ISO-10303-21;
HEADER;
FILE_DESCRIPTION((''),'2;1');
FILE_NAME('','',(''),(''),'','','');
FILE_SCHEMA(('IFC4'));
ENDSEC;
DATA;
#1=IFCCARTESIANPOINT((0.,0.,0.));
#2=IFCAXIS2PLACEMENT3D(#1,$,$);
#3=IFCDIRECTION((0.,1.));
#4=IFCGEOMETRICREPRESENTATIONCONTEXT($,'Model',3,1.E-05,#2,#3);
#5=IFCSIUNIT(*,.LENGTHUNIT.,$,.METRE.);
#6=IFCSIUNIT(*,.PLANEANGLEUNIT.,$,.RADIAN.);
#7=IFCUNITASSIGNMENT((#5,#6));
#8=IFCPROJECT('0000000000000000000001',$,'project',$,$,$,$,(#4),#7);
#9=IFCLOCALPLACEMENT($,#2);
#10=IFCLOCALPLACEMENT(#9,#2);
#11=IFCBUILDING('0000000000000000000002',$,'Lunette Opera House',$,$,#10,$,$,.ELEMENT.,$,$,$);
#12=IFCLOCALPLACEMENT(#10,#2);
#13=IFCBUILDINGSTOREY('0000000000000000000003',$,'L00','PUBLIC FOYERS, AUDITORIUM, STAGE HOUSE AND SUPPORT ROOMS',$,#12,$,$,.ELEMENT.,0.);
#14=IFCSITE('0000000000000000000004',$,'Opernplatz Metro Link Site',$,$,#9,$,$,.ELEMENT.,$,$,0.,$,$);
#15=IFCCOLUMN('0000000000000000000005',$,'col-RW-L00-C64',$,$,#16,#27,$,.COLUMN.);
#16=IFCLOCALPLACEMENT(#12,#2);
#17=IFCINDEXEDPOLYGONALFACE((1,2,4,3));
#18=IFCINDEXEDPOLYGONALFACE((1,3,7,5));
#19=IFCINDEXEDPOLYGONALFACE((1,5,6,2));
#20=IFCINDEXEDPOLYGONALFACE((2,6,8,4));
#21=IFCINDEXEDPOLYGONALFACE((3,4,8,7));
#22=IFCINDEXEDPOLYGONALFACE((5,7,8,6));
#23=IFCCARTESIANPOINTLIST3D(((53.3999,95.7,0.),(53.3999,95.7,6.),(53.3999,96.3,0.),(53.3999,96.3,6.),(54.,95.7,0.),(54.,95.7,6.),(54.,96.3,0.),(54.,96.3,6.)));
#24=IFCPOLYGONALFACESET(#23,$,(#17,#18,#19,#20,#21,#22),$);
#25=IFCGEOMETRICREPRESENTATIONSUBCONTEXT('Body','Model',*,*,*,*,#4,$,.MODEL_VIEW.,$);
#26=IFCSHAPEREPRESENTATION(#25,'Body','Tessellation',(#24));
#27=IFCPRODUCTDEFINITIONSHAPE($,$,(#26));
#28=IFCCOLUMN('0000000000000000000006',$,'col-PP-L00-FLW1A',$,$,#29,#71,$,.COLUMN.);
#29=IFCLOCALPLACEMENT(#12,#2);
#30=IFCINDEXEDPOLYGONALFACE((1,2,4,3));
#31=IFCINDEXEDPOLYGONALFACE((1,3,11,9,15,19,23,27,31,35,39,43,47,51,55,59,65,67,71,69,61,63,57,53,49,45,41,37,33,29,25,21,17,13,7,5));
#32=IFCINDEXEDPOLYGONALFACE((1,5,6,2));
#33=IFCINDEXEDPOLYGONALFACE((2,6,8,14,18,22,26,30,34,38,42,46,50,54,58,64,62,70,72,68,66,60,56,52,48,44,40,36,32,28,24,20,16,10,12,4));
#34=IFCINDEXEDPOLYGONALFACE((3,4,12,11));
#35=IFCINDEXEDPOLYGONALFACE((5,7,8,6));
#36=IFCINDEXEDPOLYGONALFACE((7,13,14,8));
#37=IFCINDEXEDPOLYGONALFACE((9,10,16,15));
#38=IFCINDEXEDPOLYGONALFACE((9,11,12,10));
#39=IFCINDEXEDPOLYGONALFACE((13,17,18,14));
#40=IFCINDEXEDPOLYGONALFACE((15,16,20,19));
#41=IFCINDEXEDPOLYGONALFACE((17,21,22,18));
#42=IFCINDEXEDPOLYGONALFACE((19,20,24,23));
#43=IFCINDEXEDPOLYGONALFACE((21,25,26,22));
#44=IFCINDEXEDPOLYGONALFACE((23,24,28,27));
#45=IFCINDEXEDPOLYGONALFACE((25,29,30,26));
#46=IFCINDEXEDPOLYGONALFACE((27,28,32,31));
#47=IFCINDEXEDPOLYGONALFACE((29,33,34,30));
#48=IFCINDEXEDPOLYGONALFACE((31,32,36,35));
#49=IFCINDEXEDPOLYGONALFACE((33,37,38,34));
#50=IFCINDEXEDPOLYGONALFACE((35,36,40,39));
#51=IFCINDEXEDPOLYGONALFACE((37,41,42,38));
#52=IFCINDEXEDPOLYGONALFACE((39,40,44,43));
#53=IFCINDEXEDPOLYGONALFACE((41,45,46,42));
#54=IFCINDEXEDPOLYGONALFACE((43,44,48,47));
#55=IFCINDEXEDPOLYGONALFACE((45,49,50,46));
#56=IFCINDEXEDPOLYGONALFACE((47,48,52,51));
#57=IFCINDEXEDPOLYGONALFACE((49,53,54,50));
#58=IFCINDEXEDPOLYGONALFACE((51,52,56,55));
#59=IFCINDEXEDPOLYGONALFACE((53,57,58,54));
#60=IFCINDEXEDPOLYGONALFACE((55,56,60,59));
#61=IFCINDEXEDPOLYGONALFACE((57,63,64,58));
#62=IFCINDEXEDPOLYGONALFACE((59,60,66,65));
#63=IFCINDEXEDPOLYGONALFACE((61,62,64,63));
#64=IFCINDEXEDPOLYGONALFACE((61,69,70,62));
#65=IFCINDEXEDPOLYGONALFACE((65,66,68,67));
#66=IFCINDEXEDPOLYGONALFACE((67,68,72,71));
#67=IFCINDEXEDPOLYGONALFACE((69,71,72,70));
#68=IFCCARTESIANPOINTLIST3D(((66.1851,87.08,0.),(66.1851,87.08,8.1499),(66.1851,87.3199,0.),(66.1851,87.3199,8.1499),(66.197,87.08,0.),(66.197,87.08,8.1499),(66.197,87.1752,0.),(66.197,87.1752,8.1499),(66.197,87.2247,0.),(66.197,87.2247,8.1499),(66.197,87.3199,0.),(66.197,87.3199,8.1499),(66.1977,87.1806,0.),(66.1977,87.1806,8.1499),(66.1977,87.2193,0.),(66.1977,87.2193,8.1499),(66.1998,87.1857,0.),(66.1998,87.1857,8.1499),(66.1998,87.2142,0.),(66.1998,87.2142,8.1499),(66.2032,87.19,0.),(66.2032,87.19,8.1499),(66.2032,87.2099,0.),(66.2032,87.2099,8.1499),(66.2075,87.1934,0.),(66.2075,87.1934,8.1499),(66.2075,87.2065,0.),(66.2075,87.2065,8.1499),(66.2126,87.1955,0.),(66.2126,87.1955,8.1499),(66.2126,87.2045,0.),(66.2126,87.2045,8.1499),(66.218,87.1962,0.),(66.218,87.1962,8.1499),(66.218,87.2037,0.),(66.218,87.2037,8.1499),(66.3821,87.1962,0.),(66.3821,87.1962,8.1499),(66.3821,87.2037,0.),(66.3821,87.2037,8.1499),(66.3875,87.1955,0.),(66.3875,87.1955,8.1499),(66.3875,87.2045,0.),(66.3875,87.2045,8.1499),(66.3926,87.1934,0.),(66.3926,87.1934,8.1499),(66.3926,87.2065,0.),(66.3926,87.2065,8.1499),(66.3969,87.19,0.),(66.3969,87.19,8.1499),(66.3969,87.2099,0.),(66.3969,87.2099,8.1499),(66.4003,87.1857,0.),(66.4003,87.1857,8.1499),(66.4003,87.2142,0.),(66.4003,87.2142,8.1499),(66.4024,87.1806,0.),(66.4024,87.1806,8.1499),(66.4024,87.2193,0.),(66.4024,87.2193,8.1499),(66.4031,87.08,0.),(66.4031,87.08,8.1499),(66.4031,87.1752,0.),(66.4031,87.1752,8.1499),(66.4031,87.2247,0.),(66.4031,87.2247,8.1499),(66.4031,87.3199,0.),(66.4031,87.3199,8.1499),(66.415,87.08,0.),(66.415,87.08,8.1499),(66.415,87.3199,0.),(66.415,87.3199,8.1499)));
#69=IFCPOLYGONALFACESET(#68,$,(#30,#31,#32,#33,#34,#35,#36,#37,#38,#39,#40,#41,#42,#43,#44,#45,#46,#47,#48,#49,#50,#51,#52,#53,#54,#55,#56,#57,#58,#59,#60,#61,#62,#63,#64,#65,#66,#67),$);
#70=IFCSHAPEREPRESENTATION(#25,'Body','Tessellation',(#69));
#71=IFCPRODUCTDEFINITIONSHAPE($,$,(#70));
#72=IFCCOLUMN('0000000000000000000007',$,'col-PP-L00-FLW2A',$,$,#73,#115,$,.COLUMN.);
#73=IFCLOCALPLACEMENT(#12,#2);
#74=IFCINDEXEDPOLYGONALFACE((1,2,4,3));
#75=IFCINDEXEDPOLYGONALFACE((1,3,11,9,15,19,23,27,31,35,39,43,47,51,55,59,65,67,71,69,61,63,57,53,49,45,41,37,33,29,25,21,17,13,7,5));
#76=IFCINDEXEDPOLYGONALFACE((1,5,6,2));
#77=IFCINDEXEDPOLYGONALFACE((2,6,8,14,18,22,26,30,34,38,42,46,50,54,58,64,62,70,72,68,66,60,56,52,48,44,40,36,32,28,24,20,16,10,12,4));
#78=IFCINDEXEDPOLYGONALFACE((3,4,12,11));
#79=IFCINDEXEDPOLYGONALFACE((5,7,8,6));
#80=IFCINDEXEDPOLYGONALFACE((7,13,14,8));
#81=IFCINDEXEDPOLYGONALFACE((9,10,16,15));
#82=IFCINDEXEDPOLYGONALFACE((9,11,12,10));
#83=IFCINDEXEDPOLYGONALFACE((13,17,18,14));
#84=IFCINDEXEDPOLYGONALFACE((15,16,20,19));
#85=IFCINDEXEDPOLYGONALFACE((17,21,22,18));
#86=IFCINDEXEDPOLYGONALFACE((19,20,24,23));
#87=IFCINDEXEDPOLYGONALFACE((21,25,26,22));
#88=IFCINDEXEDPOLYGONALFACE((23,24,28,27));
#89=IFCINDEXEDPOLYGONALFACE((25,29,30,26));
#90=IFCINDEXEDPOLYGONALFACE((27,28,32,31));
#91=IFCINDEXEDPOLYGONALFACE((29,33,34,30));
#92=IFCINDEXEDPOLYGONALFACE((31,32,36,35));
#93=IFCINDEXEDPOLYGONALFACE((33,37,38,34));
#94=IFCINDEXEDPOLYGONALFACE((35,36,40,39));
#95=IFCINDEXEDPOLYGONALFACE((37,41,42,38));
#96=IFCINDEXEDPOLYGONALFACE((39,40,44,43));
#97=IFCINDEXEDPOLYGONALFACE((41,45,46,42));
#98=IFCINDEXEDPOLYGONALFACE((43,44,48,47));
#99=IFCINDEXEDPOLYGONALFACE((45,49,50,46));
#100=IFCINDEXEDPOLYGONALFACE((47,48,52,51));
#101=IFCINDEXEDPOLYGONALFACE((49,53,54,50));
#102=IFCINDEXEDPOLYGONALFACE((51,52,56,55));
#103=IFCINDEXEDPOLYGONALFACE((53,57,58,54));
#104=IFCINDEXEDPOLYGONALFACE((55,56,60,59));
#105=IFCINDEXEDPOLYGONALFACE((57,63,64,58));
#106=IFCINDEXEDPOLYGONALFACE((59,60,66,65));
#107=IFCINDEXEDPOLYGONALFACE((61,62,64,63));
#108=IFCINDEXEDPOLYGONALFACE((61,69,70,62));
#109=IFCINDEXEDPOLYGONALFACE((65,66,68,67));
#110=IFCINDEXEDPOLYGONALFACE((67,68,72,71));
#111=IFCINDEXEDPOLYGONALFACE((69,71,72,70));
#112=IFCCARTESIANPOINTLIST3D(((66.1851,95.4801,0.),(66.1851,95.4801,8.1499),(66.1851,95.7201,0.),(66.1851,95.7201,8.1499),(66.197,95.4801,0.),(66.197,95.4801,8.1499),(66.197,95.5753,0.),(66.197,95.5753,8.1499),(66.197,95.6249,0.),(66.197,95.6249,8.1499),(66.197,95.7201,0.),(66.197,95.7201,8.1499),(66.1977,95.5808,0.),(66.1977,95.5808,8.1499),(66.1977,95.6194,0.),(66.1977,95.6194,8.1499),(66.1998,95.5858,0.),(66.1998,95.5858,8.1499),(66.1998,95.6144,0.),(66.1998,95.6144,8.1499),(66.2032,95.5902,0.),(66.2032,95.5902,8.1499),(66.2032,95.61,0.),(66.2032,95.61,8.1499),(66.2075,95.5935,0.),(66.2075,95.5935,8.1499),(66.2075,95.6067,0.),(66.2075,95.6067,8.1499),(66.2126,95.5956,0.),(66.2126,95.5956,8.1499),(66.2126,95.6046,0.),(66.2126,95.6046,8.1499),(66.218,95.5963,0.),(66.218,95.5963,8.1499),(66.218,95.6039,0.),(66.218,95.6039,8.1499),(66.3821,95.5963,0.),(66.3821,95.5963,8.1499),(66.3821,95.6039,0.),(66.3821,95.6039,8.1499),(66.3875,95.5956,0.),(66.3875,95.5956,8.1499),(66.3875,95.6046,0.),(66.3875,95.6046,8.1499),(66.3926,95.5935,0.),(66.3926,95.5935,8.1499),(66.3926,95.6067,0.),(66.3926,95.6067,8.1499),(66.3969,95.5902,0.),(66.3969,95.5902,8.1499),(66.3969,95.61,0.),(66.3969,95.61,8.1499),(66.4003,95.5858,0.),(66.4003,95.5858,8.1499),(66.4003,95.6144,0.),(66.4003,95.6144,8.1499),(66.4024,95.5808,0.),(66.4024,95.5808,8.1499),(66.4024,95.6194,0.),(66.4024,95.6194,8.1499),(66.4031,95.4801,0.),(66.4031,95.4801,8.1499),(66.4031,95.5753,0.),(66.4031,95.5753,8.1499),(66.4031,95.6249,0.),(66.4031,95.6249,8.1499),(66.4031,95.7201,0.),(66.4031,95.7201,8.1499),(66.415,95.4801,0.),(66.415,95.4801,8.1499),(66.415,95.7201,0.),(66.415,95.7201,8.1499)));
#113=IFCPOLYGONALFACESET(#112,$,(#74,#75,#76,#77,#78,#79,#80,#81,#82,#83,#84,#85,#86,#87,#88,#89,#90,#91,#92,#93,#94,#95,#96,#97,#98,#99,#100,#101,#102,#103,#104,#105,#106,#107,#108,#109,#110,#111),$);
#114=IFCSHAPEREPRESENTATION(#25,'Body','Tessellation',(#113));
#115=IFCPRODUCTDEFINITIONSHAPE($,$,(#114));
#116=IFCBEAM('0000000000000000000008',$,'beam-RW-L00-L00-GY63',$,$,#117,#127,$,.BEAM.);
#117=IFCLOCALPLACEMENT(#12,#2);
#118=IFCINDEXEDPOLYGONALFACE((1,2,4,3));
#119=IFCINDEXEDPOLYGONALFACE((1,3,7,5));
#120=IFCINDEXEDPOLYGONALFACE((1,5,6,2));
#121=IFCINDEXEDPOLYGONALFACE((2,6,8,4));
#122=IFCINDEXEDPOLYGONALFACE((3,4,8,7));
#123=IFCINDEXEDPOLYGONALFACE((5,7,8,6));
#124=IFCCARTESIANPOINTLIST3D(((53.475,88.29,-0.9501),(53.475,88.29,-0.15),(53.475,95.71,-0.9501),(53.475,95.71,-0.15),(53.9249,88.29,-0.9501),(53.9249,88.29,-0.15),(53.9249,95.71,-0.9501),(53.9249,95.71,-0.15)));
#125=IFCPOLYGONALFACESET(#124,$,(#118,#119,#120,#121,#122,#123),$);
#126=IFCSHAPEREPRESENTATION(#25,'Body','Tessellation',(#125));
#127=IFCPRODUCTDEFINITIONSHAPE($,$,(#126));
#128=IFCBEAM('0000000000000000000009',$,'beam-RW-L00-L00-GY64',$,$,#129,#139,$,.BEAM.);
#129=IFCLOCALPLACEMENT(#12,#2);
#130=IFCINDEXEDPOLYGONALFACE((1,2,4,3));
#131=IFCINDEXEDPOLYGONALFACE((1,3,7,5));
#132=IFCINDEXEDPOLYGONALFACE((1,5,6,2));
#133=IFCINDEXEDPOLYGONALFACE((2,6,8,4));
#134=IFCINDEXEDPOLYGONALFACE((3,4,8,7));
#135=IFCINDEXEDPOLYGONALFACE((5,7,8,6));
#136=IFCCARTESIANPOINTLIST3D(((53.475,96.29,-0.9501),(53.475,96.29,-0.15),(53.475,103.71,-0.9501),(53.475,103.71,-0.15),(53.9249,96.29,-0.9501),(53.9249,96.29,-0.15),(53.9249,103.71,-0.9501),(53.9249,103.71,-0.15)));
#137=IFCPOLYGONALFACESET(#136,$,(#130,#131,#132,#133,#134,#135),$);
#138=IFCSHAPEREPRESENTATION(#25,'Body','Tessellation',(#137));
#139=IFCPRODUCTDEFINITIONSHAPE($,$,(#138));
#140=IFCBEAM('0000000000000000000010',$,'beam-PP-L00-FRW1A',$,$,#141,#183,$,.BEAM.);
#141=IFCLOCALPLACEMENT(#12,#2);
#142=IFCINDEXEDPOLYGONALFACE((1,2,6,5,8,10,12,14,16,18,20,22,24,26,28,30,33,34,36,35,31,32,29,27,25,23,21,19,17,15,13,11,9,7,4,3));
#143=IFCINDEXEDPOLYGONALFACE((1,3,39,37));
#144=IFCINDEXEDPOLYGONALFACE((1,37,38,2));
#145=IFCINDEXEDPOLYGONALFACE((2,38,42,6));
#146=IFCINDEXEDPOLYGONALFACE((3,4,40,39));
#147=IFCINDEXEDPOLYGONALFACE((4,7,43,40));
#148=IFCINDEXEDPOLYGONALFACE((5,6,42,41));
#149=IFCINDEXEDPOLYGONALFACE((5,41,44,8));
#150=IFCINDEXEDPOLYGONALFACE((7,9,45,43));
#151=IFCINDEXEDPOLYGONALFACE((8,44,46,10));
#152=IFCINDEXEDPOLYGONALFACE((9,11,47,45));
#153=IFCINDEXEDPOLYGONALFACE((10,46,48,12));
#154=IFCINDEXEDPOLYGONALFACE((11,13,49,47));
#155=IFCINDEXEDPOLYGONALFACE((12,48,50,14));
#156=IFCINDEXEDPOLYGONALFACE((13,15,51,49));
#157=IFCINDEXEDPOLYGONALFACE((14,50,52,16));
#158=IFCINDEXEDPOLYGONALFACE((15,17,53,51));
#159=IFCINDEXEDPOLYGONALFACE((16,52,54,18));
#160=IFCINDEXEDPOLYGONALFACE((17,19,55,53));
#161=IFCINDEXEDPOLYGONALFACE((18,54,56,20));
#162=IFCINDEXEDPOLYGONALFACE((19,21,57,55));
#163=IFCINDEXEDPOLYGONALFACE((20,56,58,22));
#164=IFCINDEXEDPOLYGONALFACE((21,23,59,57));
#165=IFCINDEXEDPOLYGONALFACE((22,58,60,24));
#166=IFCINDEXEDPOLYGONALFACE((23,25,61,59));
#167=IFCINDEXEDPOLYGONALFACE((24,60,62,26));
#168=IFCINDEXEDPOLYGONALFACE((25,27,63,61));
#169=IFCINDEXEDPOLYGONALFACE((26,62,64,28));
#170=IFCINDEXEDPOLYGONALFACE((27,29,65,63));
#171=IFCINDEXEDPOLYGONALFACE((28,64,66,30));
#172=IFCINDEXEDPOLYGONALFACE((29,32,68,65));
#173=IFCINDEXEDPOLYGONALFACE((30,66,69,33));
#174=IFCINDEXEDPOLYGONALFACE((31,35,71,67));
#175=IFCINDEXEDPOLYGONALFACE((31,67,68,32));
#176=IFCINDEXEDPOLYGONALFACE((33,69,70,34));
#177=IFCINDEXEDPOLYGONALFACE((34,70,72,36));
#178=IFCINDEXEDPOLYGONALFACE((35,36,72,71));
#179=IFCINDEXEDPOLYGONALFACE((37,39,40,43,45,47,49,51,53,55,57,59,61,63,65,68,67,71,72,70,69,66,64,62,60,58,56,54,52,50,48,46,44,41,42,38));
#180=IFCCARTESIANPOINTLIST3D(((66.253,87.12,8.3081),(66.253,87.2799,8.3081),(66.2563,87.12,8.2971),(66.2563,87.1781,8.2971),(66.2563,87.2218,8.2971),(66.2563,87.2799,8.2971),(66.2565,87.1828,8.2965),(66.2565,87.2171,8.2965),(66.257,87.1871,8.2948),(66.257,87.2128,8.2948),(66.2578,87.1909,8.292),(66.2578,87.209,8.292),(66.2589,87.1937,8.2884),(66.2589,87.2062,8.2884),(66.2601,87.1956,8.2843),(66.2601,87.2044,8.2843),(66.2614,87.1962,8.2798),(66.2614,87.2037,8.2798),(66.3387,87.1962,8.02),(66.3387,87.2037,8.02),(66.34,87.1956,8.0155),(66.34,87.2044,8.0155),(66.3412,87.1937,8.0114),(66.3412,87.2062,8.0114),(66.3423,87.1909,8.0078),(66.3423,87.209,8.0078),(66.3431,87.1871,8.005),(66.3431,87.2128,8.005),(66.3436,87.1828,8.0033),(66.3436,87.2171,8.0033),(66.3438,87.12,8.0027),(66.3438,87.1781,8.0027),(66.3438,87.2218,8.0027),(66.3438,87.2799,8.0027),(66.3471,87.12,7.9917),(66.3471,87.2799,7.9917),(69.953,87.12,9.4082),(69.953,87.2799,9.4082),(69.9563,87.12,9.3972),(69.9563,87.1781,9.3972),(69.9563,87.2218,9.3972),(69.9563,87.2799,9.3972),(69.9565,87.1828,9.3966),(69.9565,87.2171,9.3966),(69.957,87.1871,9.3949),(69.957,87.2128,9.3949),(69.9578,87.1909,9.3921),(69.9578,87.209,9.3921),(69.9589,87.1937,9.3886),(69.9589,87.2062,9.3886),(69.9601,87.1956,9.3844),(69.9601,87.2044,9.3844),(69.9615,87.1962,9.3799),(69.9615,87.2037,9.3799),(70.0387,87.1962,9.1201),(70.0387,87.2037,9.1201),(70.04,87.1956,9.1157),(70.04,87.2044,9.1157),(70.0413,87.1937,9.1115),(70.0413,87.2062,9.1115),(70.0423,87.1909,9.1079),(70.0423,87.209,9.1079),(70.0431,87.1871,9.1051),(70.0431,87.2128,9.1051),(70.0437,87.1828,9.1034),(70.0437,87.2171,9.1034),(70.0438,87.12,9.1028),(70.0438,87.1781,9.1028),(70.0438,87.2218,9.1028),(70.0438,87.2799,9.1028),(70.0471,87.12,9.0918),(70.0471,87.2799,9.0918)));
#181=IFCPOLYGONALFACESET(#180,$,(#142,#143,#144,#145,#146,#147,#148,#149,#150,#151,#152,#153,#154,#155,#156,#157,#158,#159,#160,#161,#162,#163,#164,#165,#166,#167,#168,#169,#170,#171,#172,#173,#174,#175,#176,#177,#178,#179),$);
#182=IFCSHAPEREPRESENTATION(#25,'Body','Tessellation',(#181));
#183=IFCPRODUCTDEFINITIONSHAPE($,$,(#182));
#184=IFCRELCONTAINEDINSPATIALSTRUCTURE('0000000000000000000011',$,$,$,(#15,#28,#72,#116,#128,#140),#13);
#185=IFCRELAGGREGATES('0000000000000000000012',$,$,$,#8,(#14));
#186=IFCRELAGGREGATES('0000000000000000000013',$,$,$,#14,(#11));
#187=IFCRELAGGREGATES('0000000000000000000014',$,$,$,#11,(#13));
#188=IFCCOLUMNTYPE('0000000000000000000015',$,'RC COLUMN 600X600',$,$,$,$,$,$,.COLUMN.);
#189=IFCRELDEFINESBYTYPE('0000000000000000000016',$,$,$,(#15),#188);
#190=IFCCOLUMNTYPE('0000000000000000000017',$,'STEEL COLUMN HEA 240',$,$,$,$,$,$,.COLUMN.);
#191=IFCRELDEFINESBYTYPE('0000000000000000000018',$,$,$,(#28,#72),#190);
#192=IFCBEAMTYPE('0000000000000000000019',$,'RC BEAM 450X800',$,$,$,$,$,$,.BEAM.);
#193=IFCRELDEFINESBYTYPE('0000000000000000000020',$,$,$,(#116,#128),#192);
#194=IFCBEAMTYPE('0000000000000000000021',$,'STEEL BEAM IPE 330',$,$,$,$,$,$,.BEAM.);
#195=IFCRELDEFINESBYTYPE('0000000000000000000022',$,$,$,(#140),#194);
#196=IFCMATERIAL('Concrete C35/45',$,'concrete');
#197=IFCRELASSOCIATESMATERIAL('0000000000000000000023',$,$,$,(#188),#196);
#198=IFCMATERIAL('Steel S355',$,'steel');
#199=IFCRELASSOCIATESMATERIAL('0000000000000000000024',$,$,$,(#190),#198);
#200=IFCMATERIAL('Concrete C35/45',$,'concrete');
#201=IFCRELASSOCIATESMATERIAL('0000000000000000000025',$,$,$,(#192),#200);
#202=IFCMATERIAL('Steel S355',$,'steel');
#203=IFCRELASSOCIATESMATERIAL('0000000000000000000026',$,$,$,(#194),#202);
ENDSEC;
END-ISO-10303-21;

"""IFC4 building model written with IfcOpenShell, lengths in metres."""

from ifc_helpers import new_model, si_unit, direction, frame, origin, origin_2d, place, context, subcontext, project, spatial, rectangle, i_section, extrude, material, material_profile, profile_set, type_object, element, save


model = new_model("IFC4")

# Units and contexts
model_context = context("Model", 3, precision=1e-05, world=origin(), true_north=direction((0.0, 1.0)))
body_context = subcontext(model_context, "Body", "Model", "MODEL_VIEW")
ifc_project = project(units=[si_unit("LENGTHUNIT", "METRE"), si_unit("PLANEANGLEUNIT", "RADIAN")], contexts=[model_context])

# Site, building, storey
site_placement = place(None, origin())
site = spatial("IfcSite", under=ifc_project, at=site_placement, Name="Opernplatz Metro Link Site", CompositionType="ELEMENT", RefElevation=0.0)
building_placement = place(site_placement, origin())
building = spatial("IfcBuilding", under=site, at=building_placement, Name="Lunette Opera House", CompositionType="ELEMENT")
storey_placement = place(building_placement, origin())
storey = spatial("IfcBuildingStorey", under=building, at=storey_placement, Name="L00", Description="PUBLIC FOYERS, AUDITORIUM, STAGE HOUSE AND SUPPORT ROOMS", CompositionType="ELEMENT", Elevation=0.0)

# Columns
ifc_material_1 = material(Name="Concrete C35/45", Category="concrete")
ifc_material_profile_1 = material_profile(ifc_material_1, rectangle(XDim=0.6001, YDim=0.6001, at=origin_2d()), Name="RC COLUMN 600X600")
ifc_profile_set_1 = profile_set([ifc_material_profile_1], Name="Concrete C35/45")
column_type_1 = type_object("IfcColumnType", Name="RC COLUMN 600X600", PredefinedType="COLUMN", material=ifc_profile_set_1)
column_placement = place(storey_placement, frame((53.7, 96.0, 0.0), z_axis=(0.0, 0.0, 1.0), x_axis=(1.0, 0.0, 0.0)))
element("IfcColumn", 1, at=column_placement, inside=storey, type_object=column_type_1, Name="col-RW-L00-C64", PredefinedType="COLUMN", context=body_context, shape_type="SweptSolid", body=[
    extrude(rectangle(XDim=0.6001, YDim=0.6001, at=origin_2d()), origin(), (0.0, 0.0, 1.0), 6.0),
])
ifc_material_2 = material(Name="Steel S355", Category="steel")
ifc_material_profile_2 = material_profile(ifc_material_2, i_section(OverallWidth=0.24, OverallDepth=0.23, WebThickness=0.0076, FlangeThickness=0.012, FilletRadius=0.021, at=origin_2d()), Name="HEA 240")
ifc_profile_set_2 = profile_set([ifc_material_profile_2], Name="Steel S355")
column_type_2 = type_object("IfcColumnType", Name="STEEL COLUMN HEA 240", PredefinedType="COLUMN", material=ifc_profile_set_2)
for number, where, z_axis, x_axis, name in (
    (2, (66.3, 87.2, 0.0), (0.0, 0.0, 1.0), (0.0, 1.0, 0.0), "col-PP-L00-FLW1A"),
    (3, (66.3, 95.6001, 0.0), (0.0, 0.0, 1.0), (0.0, 1.0, 0.0), "col-PP-L00-FLW2A"),
):
    element("IfcColumn", number, at=place(storey_placement, frame(where, z_axis=z_axis, x_axis=x_axis)), inside=storey, type_object=column_type_2, Name=name, PredefinedType="COLUMN", context=body_context, shape_type="SweptSolid", body=[
        extrude(i_section(OverallWidth=0.24, OverallDepth=0.23, WebThickness=0.0076, FlangeThickness=0.012, FilletRadius=0.021, at=origin_2d()), origin(), (0.0, 0.0, 1.0), 8.1499),
    ])

# Beams
ifc_material_3 = material(Name="Concrete C35/45", Category="concrete")
ifc_material_profile_3 = material_profile(ifc_material_3, rectangle(XDim=0.45, YDim=0.8, at=origin_2d()), Name="RC BEAM 450X800")
ifc_profile_set_3 = profile_set([ifc_material_profile_3], Name="Concrete C35/45")
beam_type_1 = type_object("IfcBeamType", Name="RC BEAM 450X800", PredefinedType="BEAM", material=ifc_profile_set_3)
for number, where, z_axis, x_axis, name in (
    (4, (53.7, 88.29, -0.55), (0.0, 1.0, 0.0), (-1.0, 0.0, 0.0), "beam-RW-L00-L00-GY63"),
    (5, (53.7, 96.29, -0.55), (0.0, 1.0, 0.0), (-1.0, 0.0, 0.0), "beam-RW-L00-L00-GY64"),
):
    element("IfcBeam", number, at=place(storey_placement, frame(where, z_axis=z_axis, x_axis=x_axis)), inside=storey, type_object=beam_type_1, Name=name, PredefinedType="BEAM", context=body_context, shape_type="SweptSolid", body=[
        extrude(rectangle(XDim=0.45, YDim=0.8, at=origin_2d()), origin(), (0.0, 0.0, 1.0), 7.4199),
    ])
ifc_material_4 = material(Name="Steel S355", Category="steel")
ifc_material_profile_4 = material_profile(ifc_material_4, i_section(OverallWidth=0.1599, OverallDepth=0.3301, WebThickness=0.0076, FlangeThickness=0.0115, FilletRadius=0.0181, at=origin_2d()), Name="IPE 330")
ifc_profile_set_4 = profile_set([ifc_material_profile_4], Name="Steel S355")
beam_type_2 = type_object("IfcBeamType", Name="STEEL BEAM IPE 330", PredefinedType="BEAM", material=ifc_profile_set_4)
for number, where, z_axis, x_axis, name in (
    (6, (66.3, 87.2, 8.1499), (0.958528, 0.0, 0.284997), (0.0, 1.0, 0.0), "beam-PP-L00-FRW1A"),
):
    element("IfcBeam", number, at=place(storey_placement, frame(where, z_axis=z_axis, x_axis=x_axis)), inside=storey, type_object=beam_type_2, Name=name, PredefinedType="BEAM", context=body_context, shape_type="SweptSolid", body=[
        extrude(i_section(OverallWidth=0.1599, OverallDepth=0.3301, WebThickness=0.0076, FlangeThickness=0.0115, FilletRadius=0.0181, at=origin_2d()), origin(), (0.0, 0.0, 1.0), 3.8601),
    ])

save(model, "model.ifc")
